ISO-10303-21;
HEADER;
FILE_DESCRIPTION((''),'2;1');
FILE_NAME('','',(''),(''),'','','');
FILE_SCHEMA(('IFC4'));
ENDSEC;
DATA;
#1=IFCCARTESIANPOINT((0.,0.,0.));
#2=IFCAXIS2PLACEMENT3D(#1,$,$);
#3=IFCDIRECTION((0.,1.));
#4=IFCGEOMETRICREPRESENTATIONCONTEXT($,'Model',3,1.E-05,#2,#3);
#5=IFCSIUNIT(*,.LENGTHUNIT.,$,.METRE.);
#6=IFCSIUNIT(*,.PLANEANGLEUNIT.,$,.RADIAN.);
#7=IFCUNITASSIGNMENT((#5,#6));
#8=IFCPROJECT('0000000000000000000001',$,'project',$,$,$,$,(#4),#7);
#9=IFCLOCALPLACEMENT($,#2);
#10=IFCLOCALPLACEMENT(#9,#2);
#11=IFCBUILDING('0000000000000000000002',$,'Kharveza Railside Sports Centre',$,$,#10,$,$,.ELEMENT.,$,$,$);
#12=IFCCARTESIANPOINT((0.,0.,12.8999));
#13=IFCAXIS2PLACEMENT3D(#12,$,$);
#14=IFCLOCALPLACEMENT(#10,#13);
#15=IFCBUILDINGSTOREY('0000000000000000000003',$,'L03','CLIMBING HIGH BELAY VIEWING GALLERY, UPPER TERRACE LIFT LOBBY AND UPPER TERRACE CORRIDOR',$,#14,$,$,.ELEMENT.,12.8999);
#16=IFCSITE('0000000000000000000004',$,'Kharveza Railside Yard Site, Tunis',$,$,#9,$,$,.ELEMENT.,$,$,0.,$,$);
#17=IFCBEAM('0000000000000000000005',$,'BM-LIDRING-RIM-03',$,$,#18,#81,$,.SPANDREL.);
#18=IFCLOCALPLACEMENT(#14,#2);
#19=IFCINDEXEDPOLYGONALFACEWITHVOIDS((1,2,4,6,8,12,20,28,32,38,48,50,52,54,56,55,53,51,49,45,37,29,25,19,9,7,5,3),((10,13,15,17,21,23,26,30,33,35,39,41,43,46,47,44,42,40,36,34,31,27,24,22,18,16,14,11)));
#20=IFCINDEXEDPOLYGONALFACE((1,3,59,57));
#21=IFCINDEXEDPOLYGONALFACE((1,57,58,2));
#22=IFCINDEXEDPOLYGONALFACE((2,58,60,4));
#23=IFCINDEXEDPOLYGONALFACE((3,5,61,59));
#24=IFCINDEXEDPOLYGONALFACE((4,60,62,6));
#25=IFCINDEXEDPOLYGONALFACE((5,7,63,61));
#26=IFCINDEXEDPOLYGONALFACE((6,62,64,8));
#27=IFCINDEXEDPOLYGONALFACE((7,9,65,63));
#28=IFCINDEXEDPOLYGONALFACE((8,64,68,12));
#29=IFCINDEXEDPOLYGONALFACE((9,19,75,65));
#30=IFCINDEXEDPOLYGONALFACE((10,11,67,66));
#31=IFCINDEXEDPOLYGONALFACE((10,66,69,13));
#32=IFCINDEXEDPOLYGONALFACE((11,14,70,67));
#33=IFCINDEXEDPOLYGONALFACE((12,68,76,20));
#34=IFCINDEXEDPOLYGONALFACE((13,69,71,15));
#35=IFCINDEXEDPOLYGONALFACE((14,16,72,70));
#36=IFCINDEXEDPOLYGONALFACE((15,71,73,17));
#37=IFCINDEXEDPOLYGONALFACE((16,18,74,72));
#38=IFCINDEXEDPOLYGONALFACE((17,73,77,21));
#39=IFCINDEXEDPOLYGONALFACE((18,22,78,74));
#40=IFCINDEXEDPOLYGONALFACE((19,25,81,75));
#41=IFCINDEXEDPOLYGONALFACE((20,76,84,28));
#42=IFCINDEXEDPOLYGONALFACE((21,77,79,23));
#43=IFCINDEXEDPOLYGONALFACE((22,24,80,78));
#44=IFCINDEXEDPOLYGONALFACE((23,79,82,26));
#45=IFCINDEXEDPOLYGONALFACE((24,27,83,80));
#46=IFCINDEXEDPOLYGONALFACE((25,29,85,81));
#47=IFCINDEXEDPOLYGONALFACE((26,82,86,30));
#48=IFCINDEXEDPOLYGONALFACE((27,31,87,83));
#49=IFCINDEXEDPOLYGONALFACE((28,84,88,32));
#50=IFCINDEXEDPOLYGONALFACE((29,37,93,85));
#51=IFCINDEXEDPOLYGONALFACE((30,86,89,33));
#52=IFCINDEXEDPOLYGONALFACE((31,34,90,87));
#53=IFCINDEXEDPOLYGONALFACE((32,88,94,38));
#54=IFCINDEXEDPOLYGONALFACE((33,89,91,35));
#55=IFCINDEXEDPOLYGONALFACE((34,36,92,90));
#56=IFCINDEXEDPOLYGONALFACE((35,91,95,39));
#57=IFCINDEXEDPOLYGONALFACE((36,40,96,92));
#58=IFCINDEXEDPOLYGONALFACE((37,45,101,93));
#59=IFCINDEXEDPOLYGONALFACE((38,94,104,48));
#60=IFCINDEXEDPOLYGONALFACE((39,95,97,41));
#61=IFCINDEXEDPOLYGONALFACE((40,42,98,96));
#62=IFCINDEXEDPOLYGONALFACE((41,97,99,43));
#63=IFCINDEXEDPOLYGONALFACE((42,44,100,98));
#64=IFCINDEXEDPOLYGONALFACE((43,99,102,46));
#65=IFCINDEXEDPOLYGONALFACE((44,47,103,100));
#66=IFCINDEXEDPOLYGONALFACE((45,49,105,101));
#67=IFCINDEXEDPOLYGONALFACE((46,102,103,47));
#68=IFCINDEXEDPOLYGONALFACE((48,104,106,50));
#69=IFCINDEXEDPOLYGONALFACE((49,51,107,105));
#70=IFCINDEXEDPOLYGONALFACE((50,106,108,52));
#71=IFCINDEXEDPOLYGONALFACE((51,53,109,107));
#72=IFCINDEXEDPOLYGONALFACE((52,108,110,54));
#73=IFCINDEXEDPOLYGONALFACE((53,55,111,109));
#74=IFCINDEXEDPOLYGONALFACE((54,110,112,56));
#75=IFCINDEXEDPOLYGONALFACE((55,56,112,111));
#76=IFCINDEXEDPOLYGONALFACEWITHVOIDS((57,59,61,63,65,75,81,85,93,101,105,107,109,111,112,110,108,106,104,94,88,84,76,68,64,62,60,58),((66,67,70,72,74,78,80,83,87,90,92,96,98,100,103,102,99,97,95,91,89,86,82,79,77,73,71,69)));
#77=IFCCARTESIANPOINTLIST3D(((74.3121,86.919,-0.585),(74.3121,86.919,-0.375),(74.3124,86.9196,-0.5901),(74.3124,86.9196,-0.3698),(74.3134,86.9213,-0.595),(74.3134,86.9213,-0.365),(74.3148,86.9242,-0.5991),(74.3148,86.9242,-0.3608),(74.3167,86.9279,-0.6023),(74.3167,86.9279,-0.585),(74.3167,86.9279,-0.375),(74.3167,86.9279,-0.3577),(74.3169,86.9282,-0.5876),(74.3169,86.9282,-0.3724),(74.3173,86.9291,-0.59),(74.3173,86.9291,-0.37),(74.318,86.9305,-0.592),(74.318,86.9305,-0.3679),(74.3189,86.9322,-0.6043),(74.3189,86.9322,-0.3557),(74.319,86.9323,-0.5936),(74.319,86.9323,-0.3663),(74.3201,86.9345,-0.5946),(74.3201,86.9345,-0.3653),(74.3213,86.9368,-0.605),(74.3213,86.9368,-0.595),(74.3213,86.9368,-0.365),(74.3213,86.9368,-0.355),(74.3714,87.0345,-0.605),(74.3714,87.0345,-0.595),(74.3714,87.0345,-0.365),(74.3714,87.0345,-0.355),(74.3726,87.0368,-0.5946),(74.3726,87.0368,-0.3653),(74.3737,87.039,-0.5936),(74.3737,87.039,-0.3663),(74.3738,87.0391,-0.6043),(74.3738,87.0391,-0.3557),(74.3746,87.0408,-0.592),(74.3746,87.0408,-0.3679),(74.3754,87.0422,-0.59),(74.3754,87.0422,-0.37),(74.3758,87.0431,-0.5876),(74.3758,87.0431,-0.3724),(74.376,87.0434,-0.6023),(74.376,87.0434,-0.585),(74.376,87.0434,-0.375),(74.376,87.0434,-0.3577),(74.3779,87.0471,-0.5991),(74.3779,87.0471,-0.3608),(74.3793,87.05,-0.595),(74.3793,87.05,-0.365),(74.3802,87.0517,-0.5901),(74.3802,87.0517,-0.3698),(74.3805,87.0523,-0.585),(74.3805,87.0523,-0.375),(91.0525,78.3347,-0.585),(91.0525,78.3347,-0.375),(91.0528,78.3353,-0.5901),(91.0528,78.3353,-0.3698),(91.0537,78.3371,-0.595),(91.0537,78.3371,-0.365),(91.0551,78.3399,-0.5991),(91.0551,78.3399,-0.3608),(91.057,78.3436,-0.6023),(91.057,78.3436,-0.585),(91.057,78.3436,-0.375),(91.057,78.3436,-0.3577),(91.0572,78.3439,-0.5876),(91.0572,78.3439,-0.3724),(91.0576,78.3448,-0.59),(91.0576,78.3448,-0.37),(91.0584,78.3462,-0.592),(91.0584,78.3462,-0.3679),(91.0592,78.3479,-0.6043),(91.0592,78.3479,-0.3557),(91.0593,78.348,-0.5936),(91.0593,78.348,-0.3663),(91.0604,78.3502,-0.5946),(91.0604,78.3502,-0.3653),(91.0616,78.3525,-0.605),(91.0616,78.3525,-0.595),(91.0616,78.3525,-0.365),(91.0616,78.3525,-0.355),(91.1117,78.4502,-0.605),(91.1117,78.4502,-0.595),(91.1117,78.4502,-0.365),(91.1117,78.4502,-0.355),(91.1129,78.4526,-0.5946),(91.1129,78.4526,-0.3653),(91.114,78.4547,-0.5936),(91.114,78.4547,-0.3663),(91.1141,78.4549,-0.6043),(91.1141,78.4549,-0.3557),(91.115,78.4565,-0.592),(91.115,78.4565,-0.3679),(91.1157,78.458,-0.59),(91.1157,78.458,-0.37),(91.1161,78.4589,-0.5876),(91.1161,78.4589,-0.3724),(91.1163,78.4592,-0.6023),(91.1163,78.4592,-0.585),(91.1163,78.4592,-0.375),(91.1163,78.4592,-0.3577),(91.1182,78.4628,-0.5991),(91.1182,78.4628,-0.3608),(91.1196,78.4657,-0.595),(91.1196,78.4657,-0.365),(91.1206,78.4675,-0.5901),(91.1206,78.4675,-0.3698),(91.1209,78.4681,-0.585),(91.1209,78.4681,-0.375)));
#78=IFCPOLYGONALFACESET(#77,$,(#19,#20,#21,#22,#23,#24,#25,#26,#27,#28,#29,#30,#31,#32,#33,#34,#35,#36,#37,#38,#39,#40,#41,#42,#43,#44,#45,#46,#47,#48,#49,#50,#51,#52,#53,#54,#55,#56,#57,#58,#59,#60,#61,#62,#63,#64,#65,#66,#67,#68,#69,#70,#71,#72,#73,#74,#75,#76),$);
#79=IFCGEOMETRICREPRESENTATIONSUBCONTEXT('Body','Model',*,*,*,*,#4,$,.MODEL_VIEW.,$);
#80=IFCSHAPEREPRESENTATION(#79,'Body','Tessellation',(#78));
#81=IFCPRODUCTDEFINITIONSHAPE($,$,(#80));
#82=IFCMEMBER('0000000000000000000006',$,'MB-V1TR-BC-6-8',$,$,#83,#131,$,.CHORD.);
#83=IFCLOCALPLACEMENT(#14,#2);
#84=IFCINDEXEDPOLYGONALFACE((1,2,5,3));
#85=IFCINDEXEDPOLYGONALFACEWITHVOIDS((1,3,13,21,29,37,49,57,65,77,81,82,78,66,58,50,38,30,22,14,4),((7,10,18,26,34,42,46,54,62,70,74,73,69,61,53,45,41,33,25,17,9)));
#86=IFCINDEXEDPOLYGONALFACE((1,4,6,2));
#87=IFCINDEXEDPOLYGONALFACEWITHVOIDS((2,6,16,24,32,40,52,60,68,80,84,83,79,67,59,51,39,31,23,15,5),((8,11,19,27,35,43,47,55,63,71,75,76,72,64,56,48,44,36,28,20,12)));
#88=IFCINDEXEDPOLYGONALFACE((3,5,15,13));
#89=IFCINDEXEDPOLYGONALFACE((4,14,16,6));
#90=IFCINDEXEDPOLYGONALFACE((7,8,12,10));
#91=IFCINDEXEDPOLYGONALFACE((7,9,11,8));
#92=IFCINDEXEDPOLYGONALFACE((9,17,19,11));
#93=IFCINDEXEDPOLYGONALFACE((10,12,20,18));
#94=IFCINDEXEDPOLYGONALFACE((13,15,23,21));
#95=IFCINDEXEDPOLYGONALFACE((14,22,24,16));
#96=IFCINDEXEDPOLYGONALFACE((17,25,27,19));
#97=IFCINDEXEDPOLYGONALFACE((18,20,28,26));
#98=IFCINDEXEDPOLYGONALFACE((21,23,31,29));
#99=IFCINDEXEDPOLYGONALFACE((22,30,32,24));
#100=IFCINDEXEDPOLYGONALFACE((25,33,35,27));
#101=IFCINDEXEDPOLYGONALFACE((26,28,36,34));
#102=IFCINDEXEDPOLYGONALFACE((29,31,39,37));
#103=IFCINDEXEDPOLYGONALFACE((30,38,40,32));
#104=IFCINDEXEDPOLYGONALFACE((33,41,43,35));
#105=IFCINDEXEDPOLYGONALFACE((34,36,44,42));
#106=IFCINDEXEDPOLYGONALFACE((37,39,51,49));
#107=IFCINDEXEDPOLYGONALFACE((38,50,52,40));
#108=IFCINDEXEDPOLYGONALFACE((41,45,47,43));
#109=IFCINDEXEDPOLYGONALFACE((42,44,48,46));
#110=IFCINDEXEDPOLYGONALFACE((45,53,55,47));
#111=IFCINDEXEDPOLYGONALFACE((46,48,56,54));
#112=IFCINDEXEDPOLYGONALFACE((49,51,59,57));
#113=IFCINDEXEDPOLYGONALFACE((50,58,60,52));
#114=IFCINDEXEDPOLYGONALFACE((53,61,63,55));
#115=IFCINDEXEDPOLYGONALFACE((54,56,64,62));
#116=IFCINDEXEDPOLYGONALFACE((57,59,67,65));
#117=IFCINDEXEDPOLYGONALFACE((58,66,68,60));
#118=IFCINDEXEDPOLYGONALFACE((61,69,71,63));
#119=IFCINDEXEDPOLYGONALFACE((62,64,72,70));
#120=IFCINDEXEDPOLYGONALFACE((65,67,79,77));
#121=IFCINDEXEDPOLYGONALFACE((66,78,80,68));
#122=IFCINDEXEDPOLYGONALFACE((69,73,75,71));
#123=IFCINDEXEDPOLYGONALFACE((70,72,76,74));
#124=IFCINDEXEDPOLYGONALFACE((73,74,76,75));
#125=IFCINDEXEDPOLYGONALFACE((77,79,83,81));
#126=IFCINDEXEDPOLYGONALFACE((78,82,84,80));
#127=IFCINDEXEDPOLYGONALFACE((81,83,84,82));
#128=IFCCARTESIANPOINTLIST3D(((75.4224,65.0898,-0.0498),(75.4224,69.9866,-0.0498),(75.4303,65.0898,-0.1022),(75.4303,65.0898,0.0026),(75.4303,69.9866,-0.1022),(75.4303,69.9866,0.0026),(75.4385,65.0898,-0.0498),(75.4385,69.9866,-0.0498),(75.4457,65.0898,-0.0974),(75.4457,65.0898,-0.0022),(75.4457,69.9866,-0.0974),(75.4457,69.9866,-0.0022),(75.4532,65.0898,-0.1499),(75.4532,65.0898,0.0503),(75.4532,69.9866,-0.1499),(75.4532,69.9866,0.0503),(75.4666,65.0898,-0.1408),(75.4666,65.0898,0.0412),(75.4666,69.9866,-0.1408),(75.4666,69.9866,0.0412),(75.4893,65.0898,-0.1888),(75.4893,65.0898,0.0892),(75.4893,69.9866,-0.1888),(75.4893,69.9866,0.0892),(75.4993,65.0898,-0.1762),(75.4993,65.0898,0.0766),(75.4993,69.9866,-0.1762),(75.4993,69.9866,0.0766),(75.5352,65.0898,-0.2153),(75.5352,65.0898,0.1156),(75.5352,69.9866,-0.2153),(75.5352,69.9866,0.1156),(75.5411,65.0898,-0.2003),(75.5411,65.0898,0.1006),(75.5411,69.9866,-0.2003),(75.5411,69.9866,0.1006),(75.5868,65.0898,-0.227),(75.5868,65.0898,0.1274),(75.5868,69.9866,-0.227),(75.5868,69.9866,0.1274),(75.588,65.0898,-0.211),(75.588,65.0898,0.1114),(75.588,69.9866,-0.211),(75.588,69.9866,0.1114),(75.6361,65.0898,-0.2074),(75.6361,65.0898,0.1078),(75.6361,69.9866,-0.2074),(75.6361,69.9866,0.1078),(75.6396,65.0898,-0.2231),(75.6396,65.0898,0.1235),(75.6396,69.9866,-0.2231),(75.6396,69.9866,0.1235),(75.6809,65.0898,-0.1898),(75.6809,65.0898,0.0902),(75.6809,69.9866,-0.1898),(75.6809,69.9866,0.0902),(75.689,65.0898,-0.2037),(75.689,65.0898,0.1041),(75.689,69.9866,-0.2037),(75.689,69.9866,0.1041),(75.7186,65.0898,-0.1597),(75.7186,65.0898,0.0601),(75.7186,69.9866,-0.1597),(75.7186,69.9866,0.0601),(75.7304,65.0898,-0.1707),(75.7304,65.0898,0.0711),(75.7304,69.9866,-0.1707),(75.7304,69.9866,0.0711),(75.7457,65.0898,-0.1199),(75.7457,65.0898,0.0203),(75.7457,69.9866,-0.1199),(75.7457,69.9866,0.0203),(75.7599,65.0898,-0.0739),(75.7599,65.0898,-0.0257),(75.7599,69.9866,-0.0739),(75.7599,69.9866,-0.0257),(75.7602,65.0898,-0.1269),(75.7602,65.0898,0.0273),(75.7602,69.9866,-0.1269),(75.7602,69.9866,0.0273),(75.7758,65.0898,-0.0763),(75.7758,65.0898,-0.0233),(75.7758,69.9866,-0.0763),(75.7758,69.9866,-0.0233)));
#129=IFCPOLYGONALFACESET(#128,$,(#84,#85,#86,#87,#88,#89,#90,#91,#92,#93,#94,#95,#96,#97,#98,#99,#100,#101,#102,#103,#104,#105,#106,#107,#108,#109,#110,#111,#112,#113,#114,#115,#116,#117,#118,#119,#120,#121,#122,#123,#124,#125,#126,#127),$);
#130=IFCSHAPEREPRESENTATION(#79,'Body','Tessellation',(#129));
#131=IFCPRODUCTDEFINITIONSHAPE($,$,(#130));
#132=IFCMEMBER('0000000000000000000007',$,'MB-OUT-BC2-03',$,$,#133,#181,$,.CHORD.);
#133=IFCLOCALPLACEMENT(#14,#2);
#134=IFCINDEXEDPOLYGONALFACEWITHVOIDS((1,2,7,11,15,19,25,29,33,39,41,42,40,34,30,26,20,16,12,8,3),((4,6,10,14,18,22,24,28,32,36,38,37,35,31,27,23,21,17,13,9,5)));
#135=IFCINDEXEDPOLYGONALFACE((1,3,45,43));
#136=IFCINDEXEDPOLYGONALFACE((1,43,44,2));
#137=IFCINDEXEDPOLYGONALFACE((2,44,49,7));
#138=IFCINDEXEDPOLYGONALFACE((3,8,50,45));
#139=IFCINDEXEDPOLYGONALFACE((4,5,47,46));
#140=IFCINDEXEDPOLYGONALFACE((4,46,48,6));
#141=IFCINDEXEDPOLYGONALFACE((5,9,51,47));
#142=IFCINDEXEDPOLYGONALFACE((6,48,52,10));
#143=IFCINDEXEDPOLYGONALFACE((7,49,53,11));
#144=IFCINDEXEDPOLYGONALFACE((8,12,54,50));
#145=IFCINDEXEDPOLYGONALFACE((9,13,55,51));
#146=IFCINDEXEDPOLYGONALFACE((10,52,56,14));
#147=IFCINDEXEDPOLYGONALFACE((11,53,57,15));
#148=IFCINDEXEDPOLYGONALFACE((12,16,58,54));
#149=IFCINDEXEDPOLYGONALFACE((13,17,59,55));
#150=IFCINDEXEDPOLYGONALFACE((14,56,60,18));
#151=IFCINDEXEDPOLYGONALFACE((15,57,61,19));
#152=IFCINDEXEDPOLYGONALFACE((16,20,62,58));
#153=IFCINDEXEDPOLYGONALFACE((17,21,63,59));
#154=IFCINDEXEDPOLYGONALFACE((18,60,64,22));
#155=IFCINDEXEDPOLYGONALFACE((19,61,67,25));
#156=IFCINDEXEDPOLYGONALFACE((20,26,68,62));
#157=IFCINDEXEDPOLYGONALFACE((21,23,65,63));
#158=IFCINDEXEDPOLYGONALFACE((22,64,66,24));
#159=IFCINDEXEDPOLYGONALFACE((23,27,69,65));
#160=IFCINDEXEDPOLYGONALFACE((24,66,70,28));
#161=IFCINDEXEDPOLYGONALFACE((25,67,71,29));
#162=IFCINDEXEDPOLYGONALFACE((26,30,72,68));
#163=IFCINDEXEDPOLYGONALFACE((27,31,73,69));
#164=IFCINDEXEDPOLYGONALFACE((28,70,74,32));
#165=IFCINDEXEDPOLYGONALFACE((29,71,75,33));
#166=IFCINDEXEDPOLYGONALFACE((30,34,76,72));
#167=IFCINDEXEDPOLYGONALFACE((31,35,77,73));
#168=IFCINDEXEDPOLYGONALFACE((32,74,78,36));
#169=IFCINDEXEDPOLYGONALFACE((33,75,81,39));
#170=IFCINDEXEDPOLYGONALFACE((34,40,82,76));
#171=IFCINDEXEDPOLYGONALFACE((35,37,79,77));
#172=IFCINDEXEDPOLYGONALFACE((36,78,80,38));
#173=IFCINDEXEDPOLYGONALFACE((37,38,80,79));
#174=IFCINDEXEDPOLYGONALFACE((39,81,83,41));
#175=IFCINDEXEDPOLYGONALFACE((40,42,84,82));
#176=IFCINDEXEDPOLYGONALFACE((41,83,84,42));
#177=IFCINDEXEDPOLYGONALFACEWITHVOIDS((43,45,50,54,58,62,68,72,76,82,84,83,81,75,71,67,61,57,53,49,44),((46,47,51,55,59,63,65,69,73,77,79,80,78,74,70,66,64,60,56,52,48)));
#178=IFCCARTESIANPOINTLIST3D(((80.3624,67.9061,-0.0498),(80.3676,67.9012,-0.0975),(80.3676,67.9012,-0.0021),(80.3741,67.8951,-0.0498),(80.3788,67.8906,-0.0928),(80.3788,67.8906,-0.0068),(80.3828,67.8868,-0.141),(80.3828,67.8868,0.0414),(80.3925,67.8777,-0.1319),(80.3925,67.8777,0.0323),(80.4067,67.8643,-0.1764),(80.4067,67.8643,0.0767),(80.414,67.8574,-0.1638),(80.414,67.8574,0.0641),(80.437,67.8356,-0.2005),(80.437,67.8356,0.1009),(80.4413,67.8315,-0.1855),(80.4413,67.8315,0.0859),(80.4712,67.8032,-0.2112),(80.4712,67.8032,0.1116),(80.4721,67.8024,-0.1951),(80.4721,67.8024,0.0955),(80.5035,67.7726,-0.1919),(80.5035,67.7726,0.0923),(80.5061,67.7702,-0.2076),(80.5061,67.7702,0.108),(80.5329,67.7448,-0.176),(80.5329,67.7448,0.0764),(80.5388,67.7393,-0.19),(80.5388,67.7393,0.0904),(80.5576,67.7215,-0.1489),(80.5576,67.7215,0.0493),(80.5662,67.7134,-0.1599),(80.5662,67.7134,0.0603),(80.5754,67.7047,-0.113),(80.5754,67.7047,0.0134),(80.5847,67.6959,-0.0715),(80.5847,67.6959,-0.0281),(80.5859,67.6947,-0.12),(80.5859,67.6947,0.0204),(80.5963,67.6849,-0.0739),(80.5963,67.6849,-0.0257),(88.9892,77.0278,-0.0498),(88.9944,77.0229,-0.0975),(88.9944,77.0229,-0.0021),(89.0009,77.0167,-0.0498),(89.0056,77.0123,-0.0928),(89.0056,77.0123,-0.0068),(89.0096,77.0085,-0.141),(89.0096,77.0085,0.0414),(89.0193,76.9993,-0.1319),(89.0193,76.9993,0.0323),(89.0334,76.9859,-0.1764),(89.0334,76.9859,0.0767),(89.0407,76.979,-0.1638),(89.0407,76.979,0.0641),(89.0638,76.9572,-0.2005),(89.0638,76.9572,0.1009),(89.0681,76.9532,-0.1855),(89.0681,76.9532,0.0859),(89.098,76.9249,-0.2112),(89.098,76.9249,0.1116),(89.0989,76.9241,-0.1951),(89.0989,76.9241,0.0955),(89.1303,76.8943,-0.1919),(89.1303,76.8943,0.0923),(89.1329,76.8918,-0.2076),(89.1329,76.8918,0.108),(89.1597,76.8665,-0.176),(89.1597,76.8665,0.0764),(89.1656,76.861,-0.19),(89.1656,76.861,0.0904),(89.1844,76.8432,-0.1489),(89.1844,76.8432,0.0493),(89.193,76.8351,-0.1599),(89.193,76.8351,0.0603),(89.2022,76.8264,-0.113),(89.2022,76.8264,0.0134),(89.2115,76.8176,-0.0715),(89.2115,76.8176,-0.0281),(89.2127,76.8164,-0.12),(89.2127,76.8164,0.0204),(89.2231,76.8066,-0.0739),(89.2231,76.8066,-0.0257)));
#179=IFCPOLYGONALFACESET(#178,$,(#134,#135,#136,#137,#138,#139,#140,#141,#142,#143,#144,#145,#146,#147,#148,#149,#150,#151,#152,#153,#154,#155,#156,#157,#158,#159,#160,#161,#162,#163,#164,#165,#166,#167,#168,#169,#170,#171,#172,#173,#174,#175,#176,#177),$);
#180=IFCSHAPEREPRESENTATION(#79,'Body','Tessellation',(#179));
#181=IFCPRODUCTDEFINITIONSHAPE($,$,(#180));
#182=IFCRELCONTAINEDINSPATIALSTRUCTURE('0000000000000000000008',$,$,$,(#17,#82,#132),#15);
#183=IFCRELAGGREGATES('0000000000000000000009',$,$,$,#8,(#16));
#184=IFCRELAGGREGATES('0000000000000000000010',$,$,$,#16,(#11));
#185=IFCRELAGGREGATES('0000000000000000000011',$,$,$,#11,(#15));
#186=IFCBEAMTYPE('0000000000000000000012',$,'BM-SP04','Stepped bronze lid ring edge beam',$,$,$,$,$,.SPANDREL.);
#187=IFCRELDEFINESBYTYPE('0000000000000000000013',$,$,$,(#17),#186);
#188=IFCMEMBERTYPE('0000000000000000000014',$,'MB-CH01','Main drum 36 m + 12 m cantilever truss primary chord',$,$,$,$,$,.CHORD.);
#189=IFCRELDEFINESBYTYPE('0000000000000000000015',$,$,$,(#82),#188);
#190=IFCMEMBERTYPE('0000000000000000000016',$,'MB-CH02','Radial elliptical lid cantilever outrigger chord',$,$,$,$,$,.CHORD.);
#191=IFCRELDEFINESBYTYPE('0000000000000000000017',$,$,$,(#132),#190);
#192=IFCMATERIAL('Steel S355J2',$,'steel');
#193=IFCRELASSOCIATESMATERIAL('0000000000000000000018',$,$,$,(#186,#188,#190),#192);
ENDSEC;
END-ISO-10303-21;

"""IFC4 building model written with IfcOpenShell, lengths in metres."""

from ifc_helpers import new_model, si_unit, direction, frame, origin, origin_2d, place, context, subcontext, project, spatial, hollow_rectangle, hollow_circle, extrude, material, material_profile, profile_set, type_object, element, save


model = new_model("IFC4")

# Units and contexts
model_context = context("Model", 3, precision=1e-05, world=origin(), true_north=direction((0.0, 1.0)))
body_context = subcontext(model_context, "Body", "Model", "MODEL_VIEW")
ifc_project = project(units=[si_unit("LENGTHUNIT", "METRE"), si_unit("PLANEANGLEUNIT", "RADIAN")], contexts=[model_context])

# Site, building, storey
site_placement = place(None, origin())
site = spatial("IfcSite", under=ifc_project, at=site_placement, Name="Kharveza Railside Yard Site, Tunis", CompositionType="ELEMENT", RefElevation=0.0)
building_placement = place(site_placement, origin())
building = spatial("IfcBuilding", under=site, at=building_placement, Name="Kharveza Railside Sports Centre", CompositionType="ELEMENT")
storey_placement = place(building_placement, frame((0.0, 0.0, 12.8999)))
storey = spatial("IfcBuildingStorey", under=building, at=storey_placement, Name="L03", Description="CLIMBING HIGH BELAY VIEWING GALLERY, UPPER TERRACE LIFT LOBBY AND UPPER TERRACE CORRIDOR", CompositionType="ELEMENT", Elevation=12.8999)

# Beam
ifc_material_1 = material(Name="Steel S355J2", Category="steel")
ifc_material_profile_1 = material_profile(ifc_material_1, hollow_rectangle(XDim=0.1499, YDim=0.25, WallThickness=0.01, InnerFilletRadius=0.01, OuterFilletRadius=0.02, at=origin_2d()), Name="RHS 150x250x10.0")
ifc_profile_set_1 = profile_set([ifc_material_profile_1], Name="Steel S355J2")
beam_type = type_object("IfcBeamType", Name="BM-SP04", Description="Stepped bronze lid ring edge beam", PredefinedType="SPANDREL", material=ifc_profile_set_1)
beam_1_placement = place(storey_placement, frame((91.0867, 78.4014, -0.48), z_axis=(-0.889828, 0.456295, 0.0), x_axis=(-0.456295, -0.889828, 0.0)))
element("IfcBeam", 1, at=beam_1_placement, inside=storey, type_object=beam_type, Name="BM-LIDRING-RIM-03", PredefinedType="SPANDREL", context=body_context, shape_type="SweptSolid", body=[
    extrude(hollow_rectangle(XDim=0.1499, YDim=0.25, WallThickness=0.01, InnerFilletRadius=0.01, OuterFilletRadius=0.02, at=origin_2d()), origin(), (0.0, 0.0, 1.0), 18.813),
])

# Members
ifc_material_profile_2 = material_profile(ifc_material_1, hollow_circle(Radius=0.1777, WallThickness=0.0161, at=origin_2d()), Name="CHS 355.6x16.0")
ifc_profile_set_2 = profile_set([ifc_material_profile_2], Name="Steel S355J2")
member_type_1 = type_object("IfcMemberType", Name="MB-CH01", Description="Main drum 36 m + 12 m cantilever truss primary chord", PredefinedType="CHORD", material=ifc_profile_set_2)
member_1_placement = place(storey_placement, frame((75.6001, 65.0898, -0.0498), z_axis=(0.0, 1.0, 0.0), x_axis=(-1.0, 0.0, 0.0)))
element("IfcMember", 2, at=member_1_placement, inside=storey, type_object=member_type_1, Name="MB-V1TR-BC-6-8", PredefinedType="CHORD", context=body_context, shape_type="SweptSolid", body=[
    extrude(hollow_circle(Radius=0.1777, WallThickness=0.0161, at=origin_2d()), origin(), (0.0, 0.0, 1.0), 4.8967),
])
ifc_material_profile_3 = material_profile(ifc_material_1, hollow_circle(Radius=0.1619, WallThickness=0.0161, at=origin_2d()), Name="CHS 323.9x16.0")
ifc_profile_set_3 = profile_set([ifc_material_profile_3], Name="Steel S355J2")
member_type_2 = type_object("IfcMemberType", Name="MB-CH02", Description="Radial elliptical lid cantilever outrigger chord", PredefinedType="CHORD", material=ifc_profile_set_3)
member_2_placement = place(storey_placement, frame((80.48, 67.7949, -0.0498), z_axis=(0.687124, 0.726541, 0.0), x_axis=(-0.726541, 0.687124, 0.0)))
element("IfcMember", 3, at=member_2_placement, inside=storey, type_object=member_type_2, Name="MB-OUT-BC2-03", PredefinedType="CHORD", context=body_context, shape_type="SweptSolid", body=[
    extrude(hollow_circle(Radius=0.1619, WallThickness=0.0161, at=origin_2d()), origin(), (0.0, 0.0, 1.0), 12.5549),
])

save(model, "model.ifc")
